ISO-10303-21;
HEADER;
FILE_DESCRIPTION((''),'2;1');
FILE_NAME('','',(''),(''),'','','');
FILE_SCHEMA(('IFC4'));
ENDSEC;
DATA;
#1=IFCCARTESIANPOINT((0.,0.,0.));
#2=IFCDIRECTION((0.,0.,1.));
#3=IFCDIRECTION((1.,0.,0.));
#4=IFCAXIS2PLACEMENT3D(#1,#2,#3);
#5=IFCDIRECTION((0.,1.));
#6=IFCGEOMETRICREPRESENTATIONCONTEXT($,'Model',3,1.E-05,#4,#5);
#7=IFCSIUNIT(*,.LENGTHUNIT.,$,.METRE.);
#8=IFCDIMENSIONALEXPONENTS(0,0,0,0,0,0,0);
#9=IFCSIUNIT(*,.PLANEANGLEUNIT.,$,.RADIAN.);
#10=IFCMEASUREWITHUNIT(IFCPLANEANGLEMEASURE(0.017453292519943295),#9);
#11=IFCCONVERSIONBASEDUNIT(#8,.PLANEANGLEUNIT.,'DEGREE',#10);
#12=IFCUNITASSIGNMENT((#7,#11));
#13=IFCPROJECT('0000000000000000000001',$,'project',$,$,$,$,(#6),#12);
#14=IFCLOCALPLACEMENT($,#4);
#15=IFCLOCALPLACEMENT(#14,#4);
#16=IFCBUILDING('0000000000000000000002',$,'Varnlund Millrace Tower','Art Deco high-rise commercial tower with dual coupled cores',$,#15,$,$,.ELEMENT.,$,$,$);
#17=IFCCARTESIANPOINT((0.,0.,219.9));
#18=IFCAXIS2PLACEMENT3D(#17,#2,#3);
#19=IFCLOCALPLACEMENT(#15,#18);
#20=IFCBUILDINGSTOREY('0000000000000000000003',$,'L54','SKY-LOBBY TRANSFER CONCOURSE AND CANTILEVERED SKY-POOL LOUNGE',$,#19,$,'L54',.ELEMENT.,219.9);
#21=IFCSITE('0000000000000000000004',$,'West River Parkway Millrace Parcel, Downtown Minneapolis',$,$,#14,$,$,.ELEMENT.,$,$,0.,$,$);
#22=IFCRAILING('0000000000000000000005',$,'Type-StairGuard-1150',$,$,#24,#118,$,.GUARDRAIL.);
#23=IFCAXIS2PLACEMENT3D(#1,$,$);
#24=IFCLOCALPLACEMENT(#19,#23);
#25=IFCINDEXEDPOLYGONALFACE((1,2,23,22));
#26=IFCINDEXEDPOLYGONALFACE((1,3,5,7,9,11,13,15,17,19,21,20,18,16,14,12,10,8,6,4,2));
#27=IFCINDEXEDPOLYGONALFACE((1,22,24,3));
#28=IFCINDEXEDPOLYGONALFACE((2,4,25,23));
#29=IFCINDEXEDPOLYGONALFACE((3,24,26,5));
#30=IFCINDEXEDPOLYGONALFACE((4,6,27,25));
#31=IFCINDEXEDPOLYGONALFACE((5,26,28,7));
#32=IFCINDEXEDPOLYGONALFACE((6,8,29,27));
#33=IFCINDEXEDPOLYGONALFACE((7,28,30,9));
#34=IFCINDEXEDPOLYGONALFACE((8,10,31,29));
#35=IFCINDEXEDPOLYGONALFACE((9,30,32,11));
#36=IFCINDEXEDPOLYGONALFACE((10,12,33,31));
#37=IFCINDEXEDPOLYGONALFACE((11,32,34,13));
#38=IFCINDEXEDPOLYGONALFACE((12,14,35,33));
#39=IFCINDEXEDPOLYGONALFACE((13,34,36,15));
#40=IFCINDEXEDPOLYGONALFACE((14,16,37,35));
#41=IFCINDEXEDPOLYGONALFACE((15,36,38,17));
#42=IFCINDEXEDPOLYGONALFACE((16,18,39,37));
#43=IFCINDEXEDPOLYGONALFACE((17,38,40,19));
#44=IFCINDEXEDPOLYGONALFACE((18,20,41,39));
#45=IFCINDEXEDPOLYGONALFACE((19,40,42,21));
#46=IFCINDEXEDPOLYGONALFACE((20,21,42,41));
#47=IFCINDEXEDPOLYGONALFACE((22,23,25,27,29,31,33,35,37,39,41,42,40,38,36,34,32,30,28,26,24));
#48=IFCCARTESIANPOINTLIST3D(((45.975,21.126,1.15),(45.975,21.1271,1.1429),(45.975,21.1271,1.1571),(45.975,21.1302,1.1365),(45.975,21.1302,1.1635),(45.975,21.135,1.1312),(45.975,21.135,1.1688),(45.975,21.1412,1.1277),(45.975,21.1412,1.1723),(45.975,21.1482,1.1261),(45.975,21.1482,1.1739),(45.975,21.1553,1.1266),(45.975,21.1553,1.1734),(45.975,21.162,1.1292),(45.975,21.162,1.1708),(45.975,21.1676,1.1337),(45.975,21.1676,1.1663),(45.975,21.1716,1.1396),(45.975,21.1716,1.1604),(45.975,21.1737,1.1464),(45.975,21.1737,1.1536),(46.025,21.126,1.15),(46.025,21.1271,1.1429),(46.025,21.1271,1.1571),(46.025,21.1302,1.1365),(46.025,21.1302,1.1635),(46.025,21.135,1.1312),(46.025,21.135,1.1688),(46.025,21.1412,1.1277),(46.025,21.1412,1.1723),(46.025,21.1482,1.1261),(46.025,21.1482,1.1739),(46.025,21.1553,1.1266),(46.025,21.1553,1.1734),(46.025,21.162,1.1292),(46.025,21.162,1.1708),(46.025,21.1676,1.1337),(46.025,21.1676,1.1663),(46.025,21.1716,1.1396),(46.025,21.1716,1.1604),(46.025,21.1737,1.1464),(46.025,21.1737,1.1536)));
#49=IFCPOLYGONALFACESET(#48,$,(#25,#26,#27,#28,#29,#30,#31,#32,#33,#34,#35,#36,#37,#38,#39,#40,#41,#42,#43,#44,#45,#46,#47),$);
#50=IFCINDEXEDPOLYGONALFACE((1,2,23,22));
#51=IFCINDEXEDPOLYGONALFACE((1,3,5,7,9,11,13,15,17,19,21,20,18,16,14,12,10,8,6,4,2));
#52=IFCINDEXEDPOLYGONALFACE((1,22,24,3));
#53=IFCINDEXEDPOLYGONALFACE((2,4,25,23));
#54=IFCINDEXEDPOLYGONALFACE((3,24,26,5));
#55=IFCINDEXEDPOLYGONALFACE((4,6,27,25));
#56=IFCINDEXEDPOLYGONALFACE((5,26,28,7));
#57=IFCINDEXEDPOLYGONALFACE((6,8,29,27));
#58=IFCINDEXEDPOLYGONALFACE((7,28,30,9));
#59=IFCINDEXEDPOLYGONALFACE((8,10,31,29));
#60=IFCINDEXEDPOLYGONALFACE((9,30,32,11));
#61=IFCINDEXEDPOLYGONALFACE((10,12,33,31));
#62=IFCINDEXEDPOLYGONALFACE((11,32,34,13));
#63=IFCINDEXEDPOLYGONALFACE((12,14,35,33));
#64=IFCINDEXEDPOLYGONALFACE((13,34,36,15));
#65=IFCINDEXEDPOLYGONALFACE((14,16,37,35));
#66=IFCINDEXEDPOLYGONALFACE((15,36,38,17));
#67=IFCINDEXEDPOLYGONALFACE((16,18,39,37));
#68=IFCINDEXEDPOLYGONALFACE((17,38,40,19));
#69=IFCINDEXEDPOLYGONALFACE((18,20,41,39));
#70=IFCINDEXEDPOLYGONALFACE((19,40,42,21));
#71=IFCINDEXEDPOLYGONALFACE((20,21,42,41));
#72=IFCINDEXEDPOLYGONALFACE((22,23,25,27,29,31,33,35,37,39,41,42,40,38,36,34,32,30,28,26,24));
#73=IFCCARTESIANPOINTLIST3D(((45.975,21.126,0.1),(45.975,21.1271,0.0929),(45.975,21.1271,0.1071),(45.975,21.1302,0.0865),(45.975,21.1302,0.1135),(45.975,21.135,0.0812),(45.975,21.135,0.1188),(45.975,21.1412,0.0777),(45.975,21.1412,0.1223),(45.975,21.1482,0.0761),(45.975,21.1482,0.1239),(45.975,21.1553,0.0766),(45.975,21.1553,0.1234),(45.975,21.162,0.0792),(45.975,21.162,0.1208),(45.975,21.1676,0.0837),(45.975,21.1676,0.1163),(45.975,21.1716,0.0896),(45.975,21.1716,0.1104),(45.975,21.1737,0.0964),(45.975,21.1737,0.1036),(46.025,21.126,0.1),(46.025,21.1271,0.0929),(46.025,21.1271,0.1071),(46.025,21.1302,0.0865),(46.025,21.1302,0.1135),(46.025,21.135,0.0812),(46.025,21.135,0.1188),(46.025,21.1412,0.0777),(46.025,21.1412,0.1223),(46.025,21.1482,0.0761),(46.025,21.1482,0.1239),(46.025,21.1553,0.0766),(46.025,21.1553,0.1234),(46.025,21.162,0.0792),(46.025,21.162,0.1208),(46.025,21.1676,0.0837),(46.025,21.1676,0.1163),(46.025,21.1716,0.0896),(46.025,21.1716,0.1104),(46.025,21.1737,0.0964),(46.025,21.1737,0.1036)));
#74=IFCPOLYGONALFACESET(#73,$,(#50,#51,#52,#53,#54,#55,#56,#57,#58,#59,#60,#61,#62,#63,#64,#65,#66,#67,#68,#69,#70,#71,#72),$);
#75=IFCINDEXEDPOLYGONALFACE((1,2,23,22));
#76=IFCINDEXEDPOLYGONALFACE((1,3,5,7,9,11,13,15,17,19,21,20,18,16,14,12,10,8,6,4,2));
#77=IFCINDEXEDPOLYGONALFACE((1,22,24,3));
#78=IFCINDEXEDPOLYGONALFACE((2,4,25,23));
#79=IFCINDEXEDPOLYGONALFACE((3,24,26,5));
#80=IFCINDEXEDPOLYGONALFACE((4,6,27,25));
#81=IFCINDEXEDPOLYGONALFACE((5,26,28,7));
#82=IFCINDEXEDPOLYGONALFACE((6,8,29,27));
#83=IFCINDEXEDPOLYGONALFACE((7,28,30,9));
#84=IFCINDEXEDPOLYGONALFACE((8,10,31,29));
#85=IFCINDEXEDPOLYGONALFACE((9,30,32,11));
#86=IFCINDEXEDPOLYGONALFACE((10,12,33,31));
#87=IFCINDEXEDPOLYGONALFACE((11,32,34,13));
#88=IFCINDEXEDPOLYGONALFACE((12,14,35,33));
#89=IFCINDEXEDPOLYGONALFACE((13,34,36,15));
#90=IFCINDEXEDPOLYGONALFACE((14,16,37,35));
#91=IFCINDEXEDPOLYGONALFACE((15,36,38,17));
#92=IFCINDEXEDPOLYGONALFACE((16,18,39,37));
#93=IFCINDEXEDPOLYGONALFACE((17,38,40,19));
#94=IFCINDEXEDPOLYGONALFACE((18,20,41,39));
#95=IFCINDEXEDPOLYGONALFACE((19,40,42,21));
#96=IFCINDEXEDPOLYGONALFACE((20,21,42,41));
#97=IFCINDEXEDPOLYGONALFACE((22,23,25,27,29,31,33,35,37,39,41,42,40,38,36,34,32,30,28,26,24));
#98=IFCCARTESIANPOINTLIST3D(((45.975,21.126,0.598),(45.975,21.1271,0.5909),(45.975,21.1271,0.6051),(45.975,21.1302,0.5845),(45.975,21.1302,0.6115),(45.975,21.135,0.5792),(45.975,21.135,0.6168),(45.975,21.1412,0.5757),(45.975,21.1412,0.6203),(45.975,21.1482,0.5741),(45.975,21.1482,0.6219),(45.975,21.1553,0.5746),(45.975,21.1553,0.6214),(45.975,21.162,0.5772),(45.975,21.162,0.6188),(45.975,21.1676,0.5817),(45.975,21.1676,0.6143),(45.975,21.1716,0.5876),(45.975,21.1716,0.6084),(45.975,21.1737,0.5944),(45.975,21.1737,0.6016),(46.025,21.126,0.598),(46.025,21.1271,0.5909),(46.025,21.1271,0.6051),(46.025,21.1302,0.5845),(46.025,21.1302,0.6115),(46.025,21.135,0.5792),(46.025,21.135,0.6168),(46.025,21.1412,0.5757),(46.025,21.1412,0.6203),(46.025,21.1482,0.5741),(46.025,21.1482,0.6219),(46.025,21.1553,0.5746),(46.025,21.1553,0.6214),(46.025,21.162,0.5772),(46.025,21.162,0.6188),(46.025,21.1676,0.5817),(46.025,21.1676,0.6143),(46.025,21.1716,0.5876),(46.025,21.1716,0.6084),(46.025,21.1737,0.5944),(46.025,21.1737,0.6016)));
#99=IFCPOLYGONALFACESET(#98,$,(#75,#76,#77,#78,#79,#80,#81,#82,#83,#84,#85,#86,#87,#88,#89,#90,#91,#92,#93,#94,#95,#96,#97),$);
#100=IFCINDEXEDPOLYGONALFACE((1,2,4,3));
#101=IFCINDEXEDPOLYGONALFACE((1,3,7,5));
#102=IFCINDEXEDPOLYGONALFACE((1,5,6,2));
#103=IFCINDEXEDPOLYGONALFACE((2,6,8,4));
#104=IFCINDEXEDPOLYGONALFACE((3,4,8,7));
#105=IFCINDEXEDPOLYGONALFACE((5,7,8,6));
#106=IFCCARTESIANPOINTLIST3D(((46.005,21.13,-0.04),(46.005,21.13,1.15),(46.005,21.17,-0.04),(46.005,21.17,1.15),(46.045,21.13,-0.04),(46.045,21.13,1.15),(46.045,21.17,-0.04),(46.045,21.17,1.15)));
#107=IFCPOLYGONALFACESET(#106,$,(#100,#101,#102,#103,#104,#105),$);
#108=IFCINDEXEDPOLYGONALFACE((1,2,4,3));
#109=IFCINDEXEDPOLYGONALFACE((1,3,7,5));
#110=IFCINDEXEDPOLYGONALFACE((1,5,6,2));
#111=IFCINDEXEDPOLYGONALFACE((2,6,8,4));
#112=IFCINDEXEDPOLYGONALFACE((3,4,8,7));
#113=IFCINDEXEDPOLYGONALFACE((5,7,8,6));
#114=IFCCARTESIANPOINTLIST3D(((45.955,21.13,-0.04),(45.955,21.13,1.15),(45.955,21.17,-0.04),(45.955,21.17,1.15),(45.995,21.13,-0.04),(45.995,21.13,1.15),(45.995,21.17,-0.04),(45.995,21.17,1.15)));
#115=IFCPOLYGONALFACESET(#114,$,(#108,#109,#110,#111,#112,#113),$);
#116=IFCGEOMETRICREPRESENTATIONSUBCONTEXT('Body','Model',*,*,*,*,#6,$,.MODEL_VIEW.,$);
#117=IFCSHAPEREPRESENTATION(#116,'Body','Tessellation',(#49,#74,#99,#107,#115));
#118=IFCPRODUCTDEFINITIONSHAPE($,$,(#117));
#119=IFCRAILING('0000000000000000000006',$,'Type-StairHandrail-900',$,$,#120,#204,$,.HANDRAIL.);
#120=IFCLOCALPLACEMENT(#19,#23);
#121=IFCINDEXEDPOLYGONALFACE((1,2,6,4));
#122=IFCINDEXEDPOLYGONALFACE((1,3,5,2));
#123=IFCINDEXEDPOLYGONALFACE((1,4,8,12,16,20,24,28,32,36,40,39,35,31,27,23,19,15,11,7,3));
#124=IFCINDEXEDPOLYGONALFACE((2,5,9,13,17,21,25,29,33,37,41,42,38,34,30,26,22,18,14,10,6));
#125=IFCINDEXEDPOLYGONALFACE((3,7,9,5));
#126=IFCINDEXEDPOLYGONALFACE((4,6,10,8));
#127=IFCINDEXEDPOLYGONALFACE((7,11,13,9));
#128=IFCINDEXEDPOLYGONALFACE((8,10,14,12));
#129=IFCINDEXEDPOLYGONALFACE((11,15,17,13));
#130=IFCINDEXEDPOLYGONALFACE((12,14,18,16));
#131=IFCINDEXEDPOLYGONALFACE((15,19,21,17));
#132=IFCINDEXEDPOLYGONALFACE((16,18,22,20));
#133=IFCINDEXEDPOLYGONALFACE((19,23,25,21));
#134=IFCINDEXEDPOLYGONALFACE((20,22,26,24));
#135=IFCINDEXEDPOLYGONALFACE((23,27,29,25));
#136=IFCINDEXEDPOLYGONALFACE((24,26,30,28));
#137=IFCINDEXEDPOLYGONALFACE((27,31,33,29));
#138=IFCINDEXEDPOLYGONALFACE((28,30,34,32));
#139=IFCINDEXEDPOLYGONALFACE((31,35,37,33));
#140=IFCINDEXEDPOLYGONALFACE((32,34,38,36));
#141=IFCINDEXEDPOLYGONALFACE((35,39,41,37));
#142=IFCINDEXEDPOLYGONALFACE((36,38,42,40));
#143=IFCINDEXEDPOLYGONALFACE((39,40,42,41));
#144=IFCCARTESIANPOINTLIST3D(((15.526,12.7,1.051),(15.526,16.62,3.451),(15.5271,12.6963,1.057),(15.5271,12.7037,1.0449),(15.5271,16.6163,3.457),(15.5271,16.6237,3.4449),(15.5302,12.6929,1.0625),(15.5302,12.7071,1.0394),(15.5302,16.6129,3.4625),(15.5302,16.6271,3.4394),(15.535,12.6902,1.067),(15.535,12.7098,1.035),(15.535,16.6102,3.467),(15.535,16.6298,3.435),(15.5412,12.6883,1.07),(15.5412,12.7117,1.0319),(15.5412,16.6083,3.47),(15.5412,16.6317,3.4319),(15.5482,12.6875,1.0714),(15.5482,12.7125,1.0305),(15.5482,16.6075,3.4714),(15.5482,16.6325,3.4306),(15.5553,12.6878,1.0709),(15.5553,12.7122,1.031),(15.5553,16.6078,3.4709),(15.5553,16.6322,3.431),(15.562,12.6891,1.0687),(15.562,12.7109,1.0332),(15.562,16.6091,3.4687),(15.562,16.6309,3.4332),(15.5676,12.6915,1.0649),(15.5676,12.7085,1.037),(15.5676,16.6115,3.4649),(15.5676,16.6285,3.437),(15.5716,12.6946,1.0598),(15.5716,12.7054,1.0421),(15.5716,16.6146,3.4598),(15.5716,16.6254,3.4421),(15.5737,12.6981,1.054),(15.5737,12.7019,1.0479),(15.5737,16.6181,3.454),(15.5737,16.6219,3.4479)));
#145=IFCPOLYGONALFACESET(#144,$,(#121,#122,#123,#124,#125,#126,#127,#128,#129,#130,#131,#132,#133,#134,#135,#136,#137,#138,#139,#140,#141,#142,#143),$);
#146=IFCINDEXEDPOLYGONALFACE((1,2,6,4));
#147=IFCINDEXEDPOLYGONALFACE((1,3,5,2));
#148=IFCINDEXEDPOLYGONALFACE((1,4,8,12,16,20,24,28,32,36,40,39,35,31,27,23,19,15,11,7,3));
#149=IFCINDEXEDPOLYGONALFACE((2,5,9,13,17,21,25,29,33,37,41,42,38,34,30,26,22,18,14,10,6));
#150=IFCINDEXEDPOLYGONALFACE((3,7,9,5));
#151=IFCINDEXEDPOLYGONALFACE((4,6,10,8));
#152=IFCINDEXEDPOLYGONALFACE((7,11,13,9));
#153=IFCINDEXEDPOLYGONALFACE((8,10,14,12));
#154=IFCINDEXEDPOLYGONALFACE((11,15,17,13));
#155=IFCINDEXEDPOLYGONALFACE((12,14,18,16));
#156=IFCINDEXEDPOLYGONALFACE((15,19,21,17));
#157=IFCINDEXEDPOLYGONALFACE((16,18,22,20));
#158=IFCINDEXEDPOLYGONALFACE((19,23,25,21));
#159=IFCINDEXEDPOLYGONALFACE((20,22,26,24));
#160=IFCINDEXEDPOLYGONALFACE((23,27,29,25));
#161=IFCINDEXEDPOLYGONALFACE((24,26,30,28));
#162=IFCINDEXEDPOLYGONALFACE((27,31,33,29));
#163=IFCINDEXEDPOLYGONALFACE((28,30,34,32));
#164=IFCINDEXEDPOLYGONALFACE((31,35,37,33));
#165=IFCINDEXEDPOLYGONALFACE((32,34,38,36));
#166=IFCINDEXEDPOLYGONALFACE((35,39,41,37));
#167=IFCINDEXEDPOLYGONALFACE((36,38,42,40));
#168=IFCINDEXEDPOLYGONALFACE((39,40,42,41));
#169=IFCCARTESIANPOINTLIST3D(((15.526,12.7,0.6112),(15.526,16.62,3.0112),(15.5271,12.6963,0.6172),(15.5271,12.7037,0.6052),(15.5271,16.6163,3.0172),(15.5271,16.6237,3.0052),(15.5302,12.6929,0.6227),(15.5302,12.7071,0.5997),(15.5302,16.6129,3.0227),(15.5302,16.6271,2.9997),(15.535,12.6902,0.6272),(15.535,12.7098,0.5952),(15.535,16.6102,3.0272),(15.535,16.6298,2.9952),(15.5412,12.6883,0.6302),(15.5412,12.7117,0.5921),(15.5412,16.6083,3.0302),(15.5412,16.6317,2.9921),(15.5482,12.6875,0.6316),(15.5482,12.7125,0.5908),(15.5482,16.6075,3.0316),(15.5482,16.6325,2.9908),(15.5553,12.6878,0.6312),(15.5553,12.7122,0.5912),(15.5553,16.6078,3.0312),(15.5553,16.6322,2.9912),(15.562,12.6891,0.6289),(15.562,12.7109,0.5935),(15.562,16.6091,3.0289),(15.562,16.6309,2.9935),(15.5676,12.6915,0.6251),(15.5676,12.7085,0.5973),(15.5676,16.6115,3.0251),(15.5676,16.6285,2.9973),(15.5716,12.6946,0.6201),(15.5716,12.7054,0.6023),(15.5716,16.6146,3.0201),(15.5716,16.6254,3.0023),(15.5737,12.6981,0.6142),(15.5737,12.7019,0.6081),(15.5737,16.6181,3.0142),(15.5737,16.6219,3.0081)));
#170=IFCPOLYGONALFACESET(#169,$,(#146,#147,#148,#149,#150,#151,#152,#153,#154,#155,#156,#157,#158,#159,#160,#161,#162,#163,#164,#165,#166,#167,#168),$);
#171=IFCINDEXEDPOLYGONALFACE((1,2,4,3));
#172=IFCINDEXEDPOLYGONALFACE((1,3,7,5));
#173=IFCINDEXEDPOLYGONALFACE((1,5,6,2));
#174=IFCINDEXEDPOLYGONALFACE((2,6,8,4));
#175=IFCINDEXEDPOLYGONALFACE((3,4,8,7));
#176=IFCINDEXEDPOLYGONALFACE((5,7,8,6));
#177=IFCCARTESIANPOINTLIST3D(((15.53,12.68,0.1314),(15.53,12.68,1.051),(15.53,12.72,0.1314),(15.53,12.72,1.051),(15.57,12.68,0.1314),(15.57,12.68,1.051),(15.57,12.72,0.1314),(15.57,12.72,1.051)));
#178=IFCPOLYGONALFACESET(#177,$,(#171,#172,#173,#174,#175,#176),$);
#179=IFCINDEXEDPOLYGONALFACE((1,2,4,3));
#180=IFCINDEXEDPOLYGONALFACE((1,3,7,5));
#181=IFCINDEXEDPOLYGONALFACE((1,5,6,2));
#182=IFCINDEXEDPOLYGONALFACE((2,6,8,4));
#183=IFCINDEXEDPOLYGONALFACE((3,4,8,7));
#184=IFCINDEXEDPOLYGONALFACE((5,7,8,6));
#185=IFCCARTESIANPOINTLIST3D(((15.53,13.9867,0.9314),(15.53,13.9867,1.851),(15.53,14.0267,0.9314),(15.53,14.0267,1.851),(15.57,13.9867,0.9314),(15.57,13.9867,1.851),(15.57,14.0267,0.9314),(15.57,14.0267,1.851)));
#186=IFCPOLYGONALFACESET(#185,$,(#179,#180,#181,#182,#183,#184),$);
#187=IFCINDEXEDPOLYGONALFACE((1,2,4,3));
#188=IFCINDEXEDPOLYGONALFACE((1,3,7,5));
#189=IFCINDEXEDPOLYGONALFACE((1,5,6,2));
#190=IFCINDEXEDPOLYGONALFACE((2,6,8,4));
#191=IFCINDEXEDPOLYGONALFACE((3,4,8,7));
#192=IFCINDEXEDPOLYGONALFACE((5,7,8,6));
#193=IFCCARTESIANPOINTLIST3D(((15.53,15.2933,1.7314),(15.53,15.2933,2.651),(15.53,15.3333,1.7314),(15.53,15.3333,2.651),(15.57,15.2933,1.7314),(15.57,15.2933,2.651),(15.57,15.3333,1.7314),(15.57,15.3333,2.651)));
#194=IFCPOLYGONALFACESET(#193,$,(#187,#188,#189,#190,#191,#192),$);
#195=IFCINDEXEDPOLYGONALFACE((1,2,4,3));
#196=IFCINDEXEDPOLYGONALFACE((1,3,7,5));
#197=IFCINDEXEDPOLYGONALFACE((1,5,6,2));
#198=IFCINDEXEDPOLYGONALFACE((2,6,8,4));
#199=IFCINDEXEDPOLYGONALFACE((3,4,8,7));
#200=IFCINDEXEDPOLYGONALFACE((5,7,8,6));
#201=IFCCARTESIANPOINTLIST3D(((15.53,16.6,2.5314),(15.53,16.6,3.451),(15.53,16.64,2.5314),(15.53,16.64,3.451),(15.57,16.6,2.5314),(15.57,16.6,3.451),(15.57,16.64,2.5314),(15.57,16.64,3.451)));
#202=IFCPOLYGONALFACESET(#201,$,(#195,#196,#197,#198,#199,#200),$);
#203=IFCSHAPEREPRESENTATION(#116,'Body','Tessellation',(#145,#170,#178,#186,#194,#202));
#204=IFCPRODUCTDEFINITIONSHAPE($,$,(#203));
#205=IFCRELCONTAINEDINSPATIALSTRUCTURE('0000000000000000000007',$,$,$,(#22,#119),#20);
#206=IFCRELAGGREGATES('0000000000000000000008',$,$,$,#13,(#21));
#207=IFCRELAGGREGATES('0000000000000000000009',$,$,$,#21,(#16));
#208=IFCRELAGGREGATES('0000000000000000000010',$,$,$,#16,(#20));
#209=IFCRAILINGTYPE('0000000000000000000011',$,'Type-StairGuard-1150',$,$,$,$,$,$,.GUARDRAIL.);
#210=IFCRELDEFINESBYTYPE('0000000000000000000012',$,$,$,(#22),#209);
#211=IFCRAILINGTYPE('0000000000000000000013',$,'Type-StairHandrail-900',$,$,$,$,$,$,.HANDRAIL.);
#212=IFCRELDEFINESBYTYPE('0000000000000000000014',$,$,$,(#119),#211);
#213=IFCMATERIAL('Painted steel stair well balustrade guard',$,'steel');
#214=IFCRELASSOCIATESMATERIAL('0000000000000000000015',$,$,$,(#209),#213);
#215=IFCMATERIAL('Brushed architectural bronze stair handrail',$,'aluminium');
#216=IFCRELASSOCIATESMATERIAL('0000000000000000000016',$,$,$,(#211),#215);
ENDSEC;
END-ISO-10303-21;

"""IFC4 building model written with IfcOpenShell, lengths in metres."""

from ifc_helpers import new_model, entity, si_unit, converted_unit, direction, frame, origin_with_axes, origin_2d_with_axis, place, context, subcontext, project, spatial, rectangle, circle, extrude, material, type_object, element, save


model = new_model("IFC4")

# Units and contexts
model_context = context("Model", 3, precision=1e-05, world=origin_with_axes(), true_north=direction((0.0, 1.0)))
body_context = subcontext(model_context, "Body", "Model", "MODEL_VIEW")
ifc_project = project(units=[si_unit("LENGTHUNIT", "METRE"), converted_unit("PLANEANGLEUNIT", "DEGREE", entity("IfcPlaneAngleMeasure", 0.017453292519943295), si_unit("PLANEANGLEUNIT", "RADIAN"), dimensions=[0, 0, 0, 0, 0, 0, 0])], contexts=[model_context])

# Site, building, storey
site_placement = place(None, origin_with_axes())
site = spatial("IfcSite", under=ifc_project, at=site_placement, Name="West River Parkway Millrace Parcel, Downtown Minneapolis", CompositionType="ELEMENT", RefElevation=0.0)
building_placement = place(site_placement, origin_with_axes())
building = spatial("IfcBuilding", under=site, at=building_placement, Name="Varnlund Millrace Tower", Description="Art Deco high-rise commercial tower with dual coupled cores", CompositionType="ELEMENT")
storey_placement = place(building_placement, frame((0.0, 0.0, 219.9), z_axis=(0.0, 0.0, 1.0), x_axis=(1.0, 0.0, 0.0)))
storey = spatial("IfcBuildingStorey", under=building, at=storey_placement, Name="L54", Description="SKY-LOBBY TRANSFER CONCOURSE AND CANTILEVERED SKY-POOL LOUNGE", LongName="L54", CompositionType="ELEMENT", Elevation=219.9)

# Railings
ifc_material_1 = material(Name="Painted steel stair well balustrade guard", Category="steel")
railing_type_1 = type_object("IfcRailingType", Name="Type-StairGuard-1150", PredefinedType="GUARDRAIL", material=ifc_material_1)
railing_1_placement = place(storey_placement, frame((0.0, 0.0, -219.9), z_axis=(0.0, 0.0, 1.0), x_axis=(1.0, 0.0, 0.0)))
element("IfcRailing", 1, at=railing_1_placement, inside=storey, type_object=railing_type_1, Name="Type-StairGuard-1150", PredefinedType="GUARDRAIL", context=body_context, shape_type="SweptSolid", body=[
    extrude(circle(Radius=0.024, at=origin_2d_with_axis()), frame((46.025, 21.15, 221.05), z_axis=(-1.0, 0.0, 0.0), x_axis=(0.0, -1.0, 0.0)), (0.0, 0.0, 1.0), 0.05),
    extrude(circle(Radius=0.024, at=origin_2d_with_axis()), frame((46.025, 21.15, 220.0), z_axis=(-1.0, 0.0, 0.0), x_axis=(0.0, -1.0, 0.0)), (0.0, 0.0, 1.0), 0.05),
    extrude(circle(Radius=0.024, at=origin_2d_with_axis()), frame((46.025, 21.15, 220.498), z_axis=(-1.0, 0.0, 0.0), x_axis=(0.0, -1.0, 0.0)), (0.0, 0.0, 1.0), 0.05),
    extrude(rectangle(XDim=0.04, YDim=0.04, at=origin_2d_with_axis()), frame((46.025, 21.15, 219.86), z_axis=(0.0, 0.0, 1.0), x_axis=(1.0, 0.0, 0.0)), (0.0, 0.0, 1.0), 1.19),
    extrude(rectangle(XDim=0.04, YDim=0.04, at=origin_2d_with_axis()), frame((45.975, 21.15, 219.86), z_axis=(0.0, 0.0, 1.0), x_axis=(1.0, 0.0, 0.0)), (0.0, 0.0, 1.0), 1.19),
])
ifc_material_2 = material(Name="Brushed architectural bronze stair handrail", Category="aluminium")
railing_type_2 = type_object("IfcRailingType", Name="Type-StairHandrail-900", PredefinedType="HANDRAIL", material=ifc_material_2)
railing_2_placement = place(storey_placement, frame((0.0, 0.0, -219.9), z_axis=(0.0, 0.0, 1.0), x_axis=(1.0, 0.0, 0.0)))
element("IfcRailing", 2, at=railing_2_placement, inside=storey, type_object=railing_type_2, Name="Type-StairHandrail-900", PredefinedType="HANDRAIL", context=body_context, shape_type="SweptSolid", body=[
    extrude(circle(Radius=0.024, at=origin_2d_with_axis()), frame((15.55, 12.7, 220.951), z_axis=(0.0, 0.852851, 0.522154), x_axis=(-1.0, 0.0, 0.0)), (0.0, 0.0, 1.0), 4.5963),
    extrude(circle(Radius=0.024, at=origin_2d_with_axis()), frame((15.55, 12.7, 220.5112), z_axis=(0.0, 0.852851, 0.522154), x_axis=(-1.0, 0.0, 0.0)), (0.0, 0.0, 1.0), 4.5963),
    extrude(rectangle(XDim=0.04, YDim=0.04, at=origin_2d_with_axis()), frame((15.55, 12.7, 220.0314), z_axis=(0.0, 0.0, 1.0), x_axis=(1.0, 0.0, 0.0)), (0.0, 0.0, 1.0), 0.9195),
    extrude(rectangle(XDim=0.04, YDim=0.04, at=origin_2d_with_axis()), frame((15.55, 14.0067, 220.8314), z_axis=(0.0, 0.0, 1.0), x_axis=(1.0, 0.0, 0.0)), (0.0, 0.0, 1.0), 0.9195),
    extrude(rectangle(XDim=0.04, YDim=0.04, at=origin_2d_with_axis()), frame((15.55, 15.3133, 221.6314), z_axis=(0.0, 0.0, 1.0), x_axis=(1.0, 0.0, 0.0)), (0.0, 0.0, 1.0), 0.9195),
    extrude(rectangle(XDim=0.04, YDim=0.04, at=origin_2d_with_axis()), frame((15.55, 16.62, 222.4314), z_axis=(0.0, 0.0, 1.0), x_axis=(1.0, 0.0, 0.0)), (0.0, 0.0, 1.0), 0.9195),
])

save(model, "model.ifc")
